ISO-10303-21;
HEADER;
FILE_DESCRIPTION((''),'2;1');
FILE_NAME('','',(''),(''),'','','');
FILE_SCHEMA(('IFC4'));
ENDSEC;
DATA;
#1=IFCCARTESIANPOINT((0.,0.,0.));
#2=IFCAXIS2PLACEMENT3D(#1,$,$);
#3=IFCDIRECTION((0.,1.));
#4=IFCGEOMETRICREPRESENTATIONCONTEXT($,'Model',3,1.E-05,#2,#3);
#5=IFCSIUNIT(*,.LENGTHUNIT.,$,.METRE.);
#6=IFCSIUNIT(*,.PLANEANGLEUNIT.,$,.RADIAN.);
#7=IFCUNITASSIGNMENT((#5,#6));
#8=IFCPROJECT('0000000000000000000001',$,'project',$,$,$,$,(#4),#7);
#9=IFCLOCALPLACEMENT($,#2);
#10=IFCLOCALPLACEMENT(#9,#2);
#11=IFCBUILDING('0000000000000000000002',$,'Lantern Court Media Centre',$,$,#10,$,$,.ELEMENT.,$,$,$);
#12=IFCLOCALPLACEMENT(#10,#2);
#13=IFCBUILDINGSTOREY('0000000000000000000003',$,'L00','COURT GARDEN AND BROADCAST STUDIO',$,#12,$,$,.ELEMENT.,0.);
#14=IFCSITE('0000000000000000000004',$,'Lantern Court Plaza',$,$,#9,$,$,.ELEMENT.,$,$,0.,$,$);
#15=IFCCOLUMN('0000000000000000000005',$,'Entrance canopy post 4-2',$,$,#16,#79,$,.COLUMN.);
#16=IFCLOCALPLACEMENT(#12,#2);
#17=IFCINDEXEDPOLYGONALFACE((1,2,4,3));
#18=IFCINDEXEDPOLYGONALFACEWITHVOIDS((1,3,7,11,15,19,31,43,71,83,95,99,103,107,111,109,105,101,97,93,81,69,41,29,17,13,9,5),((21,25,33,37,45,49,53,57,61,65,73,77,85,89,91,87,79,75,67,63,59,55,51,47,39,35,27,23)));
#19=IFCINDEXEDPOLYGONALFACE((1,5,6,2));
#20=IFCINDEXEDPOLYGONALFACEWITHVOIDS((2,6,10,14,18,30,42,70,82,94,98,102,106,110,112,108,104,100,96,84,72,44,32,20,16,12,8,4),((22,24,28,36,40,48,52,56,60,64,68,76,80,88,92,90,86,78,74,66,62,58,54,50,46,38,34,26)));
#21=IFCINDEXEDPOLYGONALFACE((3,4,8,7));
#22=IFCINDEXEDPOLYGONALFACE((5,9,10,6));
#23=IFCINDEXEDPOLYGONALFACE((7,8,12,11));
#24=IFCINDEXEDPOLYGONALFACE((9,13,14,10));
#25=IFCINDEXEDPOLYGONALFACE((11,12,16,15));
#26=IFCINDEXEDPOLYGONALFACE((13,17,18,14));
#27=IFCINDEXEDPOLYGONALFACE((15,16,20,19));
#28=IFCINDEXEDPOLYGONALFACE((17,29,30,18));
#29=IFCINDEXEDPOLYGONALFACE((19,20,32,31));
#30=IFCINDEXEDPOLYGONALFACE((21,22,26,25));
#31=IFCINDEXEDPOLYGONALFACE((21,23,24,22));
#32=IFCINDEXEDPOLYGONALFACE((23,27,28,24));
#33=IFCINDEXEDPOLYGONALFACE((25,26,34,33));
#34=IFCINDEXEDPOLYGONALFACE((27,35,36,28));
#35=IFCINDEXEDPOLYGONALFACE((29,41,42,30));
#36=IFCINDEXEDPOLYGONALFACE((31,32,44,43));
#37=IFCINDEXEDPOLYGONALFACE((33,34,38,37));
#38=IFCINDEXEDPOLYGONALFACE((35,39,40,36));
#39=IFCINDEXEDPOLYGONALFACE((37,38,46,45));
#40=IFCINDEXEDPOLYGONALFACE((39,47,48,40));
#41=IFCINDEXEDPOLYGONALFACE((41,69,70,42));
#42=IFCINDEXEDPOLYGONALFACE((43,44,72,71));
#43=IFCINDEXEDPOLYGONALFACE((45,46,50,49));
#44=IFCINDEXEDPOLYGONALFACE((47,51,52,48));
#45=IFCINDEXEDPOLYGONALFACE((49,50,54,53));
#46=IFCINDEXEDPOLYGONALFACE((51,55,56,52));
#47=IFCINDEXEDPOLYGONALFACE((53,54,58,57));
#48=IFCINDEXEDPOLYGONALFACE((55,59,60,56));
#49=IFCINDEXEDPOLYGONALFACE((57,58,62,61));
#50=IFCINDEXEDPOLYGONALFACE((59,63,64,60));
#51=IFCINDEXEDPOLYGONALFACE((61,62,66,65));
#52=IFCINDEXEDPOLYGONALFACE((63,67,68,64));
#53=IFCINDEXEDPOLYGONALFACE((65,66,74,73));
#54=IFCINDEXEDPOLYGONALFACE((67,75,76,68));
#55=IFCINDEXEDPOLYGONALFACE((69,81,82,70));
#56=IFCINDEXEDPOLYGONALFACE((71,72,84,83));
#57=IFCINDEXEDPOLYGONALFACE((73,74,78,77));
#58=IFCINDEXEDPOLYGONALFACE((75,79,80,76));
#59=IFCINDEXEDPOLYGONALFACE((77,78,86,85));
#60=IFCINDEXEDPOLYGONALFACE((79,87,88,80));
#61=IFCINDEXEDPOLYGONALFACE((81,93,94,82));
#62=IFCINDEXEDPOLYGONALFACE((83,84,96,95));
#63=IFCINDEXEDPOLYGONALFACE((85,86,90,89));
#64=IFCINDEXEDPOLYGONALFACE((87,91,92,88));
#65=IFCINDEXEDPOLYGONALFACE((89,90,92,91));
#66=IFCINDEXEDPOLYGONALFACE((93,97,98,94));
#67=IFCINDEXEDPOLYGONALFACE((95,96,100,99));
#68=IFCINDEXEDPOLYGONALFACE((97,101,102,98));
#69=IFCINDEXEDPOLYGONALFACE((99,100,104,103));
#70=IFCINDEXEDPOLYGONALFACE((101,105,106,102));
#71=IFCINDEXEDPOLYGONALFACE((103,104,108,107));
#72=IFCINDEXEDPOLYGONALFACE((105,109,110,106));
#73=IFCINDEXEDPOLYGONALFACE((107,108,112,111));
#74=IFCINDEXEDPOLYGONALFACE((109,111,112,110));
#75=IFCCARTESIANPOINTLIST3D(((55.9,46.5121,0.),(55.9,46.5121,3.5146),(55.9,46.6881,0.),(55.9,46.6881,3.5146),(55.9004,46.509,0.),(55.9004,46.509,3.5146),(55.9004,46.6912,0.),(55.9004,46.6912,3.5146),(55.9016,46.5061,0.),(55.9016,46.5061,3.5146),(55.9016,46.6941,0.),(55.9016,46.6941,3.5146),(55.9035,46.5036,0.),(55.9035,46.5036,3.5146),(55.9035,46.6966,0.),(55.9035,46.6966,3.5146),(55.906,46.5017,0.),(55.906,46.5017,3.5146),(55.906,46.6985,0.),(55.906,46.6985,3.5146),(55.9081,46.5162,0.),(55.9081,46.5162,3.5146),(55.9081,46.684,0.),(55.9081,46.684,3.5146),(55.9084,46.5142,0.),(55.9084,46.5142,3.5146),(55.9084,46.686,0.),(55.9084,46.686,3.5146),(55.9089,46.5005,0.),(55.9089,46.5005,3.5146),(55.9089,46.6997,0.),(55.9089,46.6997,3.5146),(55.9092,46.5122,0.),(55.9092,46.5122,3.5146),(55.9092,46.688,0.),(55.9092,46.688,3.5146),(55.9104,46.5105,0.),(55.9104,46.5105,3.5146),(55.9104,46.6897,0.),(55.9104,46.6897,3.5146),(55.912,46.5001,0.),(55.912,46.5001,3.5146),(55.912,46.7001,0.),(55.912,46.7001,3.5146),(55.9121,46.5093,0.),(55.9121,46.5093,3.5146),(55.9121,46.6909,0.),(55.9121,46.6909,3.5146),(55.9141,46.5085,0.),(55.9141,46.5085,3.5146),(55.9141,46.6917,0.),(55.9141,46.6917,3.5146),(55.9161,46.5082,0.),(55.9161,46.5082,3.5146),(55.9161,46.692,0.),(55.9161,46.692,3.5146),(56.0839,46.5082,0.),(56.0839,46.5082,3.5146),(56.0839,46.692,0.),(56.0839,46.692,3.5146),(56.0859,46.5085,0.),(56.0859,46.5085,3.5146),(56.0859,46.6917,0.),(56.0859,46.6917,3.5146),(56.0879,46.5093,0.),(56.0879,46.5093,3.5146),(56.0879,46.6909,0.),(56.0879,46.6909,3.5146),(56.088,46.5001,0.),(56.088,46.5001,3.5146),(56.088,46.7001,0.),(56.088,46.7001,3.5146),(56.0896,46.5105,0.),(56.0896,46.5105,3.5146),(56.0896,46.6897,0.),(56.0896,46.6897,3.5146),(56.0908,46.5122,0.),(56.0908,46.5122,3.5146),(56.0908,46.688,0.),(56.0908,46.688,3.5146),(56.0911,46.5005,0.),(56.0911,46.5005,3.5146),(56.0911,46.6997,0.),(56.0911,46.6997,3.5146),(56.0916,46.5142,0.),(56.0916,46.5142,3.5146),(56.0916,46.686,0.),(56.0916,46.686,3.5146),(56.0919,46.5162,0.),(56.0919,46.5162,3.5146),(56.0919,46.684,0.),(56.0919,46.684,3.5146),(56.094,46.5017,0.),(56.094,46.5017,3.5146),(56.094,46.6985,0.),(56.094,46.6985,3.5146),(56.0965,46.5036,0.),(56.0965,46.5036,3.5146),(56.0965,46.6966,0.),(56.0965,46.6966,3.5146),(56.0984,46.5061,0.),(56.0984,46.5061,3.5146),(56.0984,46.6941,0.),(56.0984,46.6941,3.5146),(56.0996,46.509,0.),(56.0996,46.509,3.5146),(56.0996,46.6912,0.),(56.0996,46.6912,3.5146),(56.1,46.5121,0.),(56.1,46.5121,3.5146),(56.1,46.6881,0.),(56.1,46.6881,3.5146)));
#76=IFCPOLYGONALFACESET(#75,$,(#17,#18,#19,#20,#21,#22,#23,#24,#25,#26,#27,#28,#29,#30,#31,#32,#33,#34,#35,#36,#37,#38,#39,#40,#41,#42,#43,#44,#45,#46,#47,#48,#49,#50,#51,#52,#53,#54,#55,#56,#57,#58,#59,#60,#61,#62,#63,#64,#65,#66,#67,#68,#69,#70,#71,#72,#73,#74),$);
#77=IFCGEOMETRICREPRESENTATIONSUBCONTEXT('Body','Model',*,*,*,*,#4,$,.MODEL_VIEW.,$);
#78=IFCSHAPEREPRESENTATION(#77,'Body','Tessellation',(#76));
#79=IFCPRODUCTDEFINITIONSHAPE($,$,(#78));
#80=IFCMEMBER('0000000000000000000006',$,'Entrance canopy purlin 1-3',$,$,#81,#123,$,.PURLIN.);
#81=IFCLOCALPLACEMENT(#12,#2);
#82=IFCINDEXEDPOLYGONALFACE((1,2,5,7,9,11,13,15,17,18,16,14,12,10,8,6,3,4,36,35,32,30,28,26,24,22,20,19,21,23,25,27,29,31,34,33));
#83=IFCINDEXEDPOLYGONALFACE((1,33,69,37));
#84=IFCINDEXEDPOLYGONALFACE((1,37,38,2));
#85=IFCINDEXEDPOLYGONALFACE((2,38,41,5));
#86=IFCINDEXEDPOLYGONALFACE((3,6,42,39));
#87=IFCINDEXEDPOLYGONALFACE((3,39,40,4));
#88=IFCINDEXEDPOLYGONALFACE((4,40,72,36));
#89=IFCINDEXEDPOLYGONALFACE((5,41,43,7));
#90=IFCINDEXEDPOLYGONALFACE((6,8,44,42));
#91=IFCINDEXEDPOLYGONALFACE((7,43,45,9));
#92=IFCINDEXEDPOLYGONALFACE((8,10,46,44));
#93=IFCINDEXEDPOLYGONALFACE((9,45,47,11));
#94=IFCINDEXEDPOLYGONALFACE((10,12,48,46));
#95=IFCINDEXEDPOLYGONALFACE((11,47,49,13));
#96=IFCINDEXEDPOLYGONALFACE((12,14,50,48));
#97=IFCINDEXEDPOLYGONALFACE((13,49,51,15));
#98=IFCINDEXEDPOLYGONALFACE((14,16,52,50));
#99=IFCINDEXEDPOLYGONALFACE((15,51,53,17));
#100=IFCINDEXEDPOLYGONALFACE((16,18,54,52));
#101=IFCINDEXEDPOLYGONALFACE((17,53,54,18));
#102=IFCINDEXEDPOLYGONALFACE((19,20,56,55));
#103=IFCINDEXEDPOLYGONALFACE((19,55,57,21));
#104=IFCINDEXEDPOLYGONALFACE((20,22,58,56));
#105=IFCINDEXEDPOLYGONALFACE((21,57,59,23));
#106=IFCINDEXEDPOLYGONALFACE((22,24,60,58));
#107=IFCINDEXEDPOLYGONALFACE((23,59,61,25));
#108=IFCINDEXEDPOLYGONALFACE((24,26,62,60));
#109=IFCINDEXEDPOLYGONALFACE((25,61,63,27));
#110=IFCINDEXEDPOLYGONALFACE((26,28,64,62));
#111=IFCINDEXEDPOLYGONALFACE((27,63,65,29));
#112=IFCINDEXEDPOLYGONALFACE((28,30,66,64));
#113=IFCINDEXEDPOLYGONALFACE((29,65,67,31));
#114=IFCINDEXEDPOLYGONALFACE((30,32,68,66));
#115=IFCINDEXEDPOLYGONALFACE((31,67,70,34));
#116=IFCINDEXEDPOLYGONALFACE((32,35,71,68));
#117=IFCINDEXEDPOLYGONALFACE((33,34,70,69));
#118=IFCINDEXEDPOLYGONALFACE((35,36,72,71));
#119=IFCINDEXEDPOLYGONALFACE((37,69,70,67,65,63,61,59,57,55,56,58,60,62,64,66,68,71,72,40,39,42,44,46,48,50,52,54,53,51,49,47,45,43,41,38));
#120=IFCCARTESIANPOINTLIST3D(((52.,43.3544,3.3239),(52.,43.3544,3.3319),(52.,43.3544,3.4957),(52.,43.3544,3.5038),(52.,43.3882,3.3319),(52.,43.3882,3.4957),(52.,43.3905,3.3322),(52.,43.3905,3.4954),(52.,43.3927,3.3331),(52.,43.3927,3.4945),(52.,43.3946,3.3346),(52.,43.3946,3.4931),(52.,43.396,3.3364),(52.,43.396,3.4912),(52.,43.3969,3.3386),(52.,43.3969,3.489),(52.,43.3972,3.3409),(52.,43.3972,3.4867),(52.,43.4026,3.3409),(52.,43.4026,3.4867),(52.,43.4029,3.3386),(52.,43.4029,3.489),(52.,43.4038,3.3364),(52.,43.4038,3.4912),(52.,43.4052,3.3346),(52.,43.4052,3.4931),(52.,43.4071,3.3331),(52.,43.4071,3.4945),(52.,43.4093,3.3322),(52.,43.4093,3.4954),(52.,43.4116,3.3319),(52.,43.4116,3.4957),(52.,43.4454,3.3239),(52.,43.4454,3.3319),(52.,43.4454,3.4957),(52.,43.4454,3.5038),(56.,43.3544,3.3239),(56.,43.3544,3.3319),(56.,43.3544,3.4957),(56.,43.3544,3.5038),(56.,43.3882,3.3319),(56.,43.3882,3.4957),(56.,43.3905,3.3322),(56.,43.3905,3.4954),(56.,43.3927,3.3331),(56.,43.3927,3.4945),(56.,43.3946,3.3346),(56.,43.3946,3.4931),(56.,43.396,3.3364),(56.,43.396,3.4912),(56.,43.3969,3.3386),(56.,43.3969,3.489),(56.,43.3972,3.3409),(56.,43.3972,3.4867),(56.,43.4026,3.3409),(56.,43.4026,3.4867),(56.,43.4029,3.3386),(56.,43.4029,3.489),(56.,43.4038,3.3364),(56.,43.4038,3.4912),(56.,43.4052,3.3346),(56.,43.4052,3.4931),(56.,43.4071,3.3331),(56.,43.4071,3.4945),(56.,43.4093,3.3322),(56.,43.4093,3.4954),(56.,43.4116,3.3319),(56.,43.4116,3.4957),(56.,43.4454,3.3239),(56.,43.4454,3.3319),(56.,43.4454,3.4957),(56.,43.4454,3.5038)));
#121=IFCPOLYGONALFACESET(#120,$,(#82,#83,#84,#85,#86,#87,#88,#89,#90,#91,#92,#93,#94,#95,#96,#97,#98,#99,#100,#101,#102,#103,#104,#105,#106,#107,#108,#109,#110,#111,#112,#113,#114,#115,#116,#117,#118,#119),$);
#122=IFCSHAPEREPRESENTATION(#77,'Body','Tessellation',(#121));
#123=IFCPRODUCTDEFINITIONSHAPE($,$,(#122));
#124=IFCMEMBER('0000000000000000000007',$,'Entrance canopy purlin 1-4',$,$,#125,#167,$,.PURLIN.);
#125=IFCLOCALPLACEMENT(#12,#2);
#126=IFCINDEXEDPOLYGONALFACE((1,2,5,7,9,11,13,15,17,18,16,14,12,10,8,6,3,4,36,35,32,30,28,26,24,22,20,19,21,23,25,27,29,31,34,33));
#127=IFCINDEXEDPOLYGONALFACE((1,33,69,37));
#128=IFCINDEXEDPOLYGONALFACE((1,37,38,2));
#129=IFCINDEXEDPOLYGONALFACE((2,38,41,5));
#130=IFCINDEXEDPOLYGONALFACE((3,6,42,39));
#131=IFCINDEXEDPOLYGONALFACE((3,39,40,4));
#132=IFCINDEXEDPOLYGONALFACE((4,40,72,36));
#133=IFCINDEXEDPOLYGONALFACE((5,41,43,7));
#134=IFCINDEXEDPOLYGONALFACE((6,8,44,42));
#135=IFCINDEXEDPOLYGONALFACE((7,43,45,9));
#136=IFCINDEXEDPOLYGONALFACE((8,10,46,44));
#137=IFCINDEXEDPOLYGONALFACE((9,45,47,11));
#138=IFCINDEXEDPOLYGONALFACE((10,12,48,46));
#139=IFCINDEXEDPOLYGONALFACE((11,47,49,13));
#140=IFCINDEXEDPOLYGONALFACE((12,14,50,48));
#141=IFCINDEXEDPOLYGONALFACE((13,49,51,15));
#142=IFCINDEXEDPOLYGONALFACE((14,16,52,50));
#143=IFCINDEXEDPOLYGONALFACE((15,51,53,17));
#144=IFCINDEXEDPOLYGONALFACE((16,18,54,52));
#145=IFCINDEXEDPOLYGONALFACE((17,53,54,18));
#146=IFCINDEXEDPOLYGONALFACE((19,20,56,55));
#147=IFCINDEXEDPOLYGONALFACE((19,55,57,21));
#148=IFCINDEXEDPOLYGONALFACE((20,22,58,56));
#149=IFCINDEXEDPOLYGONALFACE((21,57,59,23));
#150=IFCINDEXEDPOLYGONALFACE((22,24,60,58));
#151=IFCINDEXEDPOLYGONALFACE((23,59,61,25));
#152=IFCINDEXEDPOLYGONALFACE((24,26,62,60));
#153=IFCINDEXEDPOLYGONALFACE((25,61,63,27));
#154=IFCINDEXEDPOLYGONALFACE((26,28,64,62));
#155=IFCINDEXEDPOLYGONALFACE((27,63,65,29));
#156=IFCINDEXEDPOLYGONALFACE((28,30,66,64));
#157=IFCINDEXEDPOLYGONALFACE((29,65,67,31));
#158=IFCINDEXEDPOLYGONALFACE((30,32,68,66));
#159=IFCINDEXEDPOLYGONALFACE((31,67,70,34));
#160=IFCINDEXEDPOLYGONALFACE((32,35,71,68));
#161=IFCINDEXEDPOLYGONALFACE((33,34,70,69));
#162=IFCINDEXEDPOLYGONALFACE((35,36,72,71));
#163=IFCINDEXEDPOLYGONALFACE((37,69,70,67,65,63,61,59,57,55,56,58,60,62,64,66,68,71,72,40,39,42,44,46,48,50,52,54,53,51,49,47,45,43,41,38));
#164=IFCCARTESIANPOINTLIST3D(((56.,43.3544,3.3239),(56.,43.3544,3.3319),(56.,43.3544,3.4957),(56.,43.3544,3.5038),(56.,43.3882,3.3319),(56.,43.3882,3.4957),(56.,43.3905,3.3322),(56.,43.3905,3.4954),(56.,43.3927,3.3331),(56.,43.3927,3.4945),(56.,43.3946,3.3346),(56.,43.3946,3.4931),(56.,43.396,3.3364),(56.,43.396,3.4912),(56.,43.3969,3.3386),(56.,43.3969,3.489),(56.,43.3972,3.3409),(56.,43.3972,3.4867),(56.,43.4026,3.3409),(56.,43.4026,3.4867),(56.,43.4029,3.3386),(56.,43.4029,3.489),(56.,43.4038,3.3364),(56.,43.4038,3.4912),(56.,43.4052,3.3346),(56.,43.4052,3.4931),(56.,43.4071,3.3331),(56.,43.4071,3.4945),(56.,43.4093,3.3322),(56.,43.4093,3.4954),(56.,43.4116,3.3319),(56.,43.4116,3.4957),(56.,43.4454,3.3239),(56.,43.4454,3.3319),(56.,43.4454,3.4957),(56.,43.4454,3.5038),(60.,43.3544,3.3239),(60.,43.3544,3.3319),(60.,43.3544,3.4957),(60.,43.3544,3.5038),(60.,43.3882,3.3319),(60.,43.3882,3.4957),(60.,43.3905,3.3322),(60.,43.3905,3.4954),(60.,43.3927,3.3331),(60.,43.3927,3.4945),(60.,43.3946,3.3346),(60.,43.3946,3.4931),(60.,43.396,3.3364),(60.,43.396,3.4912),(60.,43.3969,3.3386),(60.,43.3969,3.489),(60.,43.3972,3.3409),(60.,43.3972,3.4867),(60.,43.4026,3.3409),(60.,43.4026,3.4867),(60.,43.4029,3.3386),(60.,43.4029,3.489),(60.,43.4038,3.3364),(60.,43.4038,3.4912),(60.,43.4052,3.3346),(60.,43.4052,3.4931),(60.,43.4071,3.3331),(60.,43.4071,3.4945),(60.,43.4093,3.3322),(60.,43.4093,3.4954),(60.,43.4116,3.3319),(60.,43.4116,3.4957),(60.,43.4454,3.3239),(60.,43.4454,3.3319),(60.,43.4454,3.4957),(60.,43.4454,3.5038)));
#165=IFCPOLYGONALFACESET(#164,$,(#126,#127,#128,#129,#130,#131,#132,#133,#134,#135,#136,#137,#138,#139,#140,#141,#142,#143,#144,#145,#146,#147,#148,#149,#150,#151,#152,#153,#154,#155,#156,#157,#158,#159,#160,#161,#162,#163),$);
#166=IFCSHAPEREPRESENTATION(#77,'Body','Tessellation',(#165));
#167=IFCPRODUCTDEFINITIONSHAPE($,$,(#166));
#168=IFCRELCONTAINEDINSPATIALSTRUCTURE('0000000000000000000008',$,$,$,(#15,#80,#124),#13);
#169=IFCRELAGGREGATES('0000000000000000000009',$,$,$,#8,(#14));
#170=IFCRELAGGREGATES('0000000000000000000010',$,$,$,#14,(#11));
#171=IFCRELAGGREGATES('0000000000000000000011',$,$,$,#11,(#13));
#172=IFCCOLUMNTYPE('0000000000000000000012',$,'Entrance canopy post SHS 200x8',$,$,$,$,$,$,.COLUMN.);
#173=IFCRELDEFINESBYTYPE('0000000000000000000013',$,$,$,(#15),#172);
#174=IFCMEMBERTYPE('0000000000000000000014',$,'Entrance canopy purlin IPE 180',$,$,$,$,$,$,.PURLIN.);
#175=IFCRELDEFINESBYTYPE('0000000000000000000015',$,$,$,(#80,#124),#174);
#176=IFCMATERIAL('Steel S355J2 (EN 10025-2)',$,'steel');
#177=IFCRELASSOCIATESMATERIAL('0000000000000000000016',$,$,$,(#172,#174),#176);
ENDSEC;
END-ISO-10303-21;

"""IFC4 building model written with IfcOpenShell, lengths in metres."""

from ifc_helpers import new_model, si_unit, direction, frame, origin, origin_2d, place, context, subcontext, project, spatial, hollow_rectangle, i_section, extrude, material, material_profile, profile_set, type_object, element, save


model = new_model("IFC4")

# Units and contexts
model_context = context("Model", 3, precision=1e-05, world=origin(), true_north=direction((0.0, 1.0)))
body_context = subcontext(model_context, "Body", "Model", "MODEL_VIEW")
ifc_project = project(units=[si_unit("LENGTHUNIT", "METRE"), si_unit("PLANEANGLEUNIT", "RADIAN")], contexts=[model_context])

# Site, building, storey
site_placement = place(None, origin())
site = spatial("IfcSite", under=ifc_project, at=site_placement, Name="Lantern Court Plaza", CompositionType="ELEMENT", RefElevation=0.0)
building_placement = place(site_placement, origin())
building = spatial("IfcBuilding", under=site, at=building_placement, Name="Lantern Court Media Centre", CompositionType="ELEMENT")
storey_placement = place(building_placement, origin())
storey = spatial("IfcBuildingStorey", under=building, at=storey_placement, Name="L00", Description="COURT GARDEN AND BROADCAST STUDIO", CompositionType="ELEMENT", Elevation=0.0)

# Column
ifc_material_1 = material(Name="Steel S355J2 (EN 10025-2)", Category="steel")
ifc_material_profile_1 = material_profile(ifc_material_1, hollow_rectangle(XDim=0.2, YDim=0.2, WallThickness=0.0081, InnerFilletRadius=0.0081, OuterFilletRadius=0.012, at=origin_2d()), Name="Entrance canopy post SHS 200x8")
ifc_profile_set_1 = profile_set([ifc_material_profile_1], Name="Steel S355J2 (EN 10025-2)")
column_type = type_object("IfcColumnType", Name="Entrance canopy post SHS 200x8", PredefinedType="COLUMN", material=ifc_profile_set_1)
column_1_placement = place(storey_placement, frame((56.0, 46.6001, 0.0), z_axis=(0.0, 0.0, 1.0), x_axis=(1.0, 0.0, 0.0)))
element("IfcColumn", 1, at=column_1_placement, inside=storey, type_object=column_type, Name="Entrance canopy post 4-2", PredefinedType="COLUMN", context=body_context, shape_type="SweptSolid", body=[
    extrude(hollow_rectangle(XDim=0.2, YDim=0.2, WallThickness=0.0081, InnerFilletRadius=0.0081, OuterFilletRadius=0.012, at=origin_2d()), origin(), (0.0, 0.0, 1.0), 3.5146),
])

# Members
ifc_material_profile_2 = material_profile(ifc_material_1, i_section(OverallWidth=0.0911, OverallDepth=0.1799, WebThickness=0.0054, FlangeThickness=0.0081, FilletRadius=0.009, at=origin_2d()), Name="IPE 180")
ifc_profile_set_2 = profile_set([ifc_material_profile_2], Name="Steel S355J2 (EN 10025-2)")
member_type = type_object("IfcMemberType", Name="Entrance canopy purlin IPE 180", PredefinedType="PURLIN", material=ifc_profile_set_2)
for number, where, z_axis, x_axis, name in (
    (2, (52.0, 43.3999, 3.4138), (1.0, 0.0, 0.0), (0.0, 1.0, 0.0), "Entrance canopy purlin 1-3"),
    (3, (56.0, 43.3999, 3.4138), (1.0, 0.0, 0.0), (0.0, 1.0, 0.0), "Entrance canopy purlin 1-4"),
):
    element("IfcMember", number, at=place(storey_placement, frame(where, z_axis=z_axis, x_axis=x_axis)), inside=storey, type_object=member_type, Name=name, PredefinedType="PURLIN", context=body_context, shape_type="SweptSolid", body=[
        extrude(i_section(OverallWidth=0.0911, OverallDepth=0.1799, WebThickness=0.0054, FlangeThickness=0.0081, FilletRadius=0.009, at=origin_2d()), origin(), (0.0, 0.0, 1.0), 4.0),
    ])

save(model, "model.ifc")
